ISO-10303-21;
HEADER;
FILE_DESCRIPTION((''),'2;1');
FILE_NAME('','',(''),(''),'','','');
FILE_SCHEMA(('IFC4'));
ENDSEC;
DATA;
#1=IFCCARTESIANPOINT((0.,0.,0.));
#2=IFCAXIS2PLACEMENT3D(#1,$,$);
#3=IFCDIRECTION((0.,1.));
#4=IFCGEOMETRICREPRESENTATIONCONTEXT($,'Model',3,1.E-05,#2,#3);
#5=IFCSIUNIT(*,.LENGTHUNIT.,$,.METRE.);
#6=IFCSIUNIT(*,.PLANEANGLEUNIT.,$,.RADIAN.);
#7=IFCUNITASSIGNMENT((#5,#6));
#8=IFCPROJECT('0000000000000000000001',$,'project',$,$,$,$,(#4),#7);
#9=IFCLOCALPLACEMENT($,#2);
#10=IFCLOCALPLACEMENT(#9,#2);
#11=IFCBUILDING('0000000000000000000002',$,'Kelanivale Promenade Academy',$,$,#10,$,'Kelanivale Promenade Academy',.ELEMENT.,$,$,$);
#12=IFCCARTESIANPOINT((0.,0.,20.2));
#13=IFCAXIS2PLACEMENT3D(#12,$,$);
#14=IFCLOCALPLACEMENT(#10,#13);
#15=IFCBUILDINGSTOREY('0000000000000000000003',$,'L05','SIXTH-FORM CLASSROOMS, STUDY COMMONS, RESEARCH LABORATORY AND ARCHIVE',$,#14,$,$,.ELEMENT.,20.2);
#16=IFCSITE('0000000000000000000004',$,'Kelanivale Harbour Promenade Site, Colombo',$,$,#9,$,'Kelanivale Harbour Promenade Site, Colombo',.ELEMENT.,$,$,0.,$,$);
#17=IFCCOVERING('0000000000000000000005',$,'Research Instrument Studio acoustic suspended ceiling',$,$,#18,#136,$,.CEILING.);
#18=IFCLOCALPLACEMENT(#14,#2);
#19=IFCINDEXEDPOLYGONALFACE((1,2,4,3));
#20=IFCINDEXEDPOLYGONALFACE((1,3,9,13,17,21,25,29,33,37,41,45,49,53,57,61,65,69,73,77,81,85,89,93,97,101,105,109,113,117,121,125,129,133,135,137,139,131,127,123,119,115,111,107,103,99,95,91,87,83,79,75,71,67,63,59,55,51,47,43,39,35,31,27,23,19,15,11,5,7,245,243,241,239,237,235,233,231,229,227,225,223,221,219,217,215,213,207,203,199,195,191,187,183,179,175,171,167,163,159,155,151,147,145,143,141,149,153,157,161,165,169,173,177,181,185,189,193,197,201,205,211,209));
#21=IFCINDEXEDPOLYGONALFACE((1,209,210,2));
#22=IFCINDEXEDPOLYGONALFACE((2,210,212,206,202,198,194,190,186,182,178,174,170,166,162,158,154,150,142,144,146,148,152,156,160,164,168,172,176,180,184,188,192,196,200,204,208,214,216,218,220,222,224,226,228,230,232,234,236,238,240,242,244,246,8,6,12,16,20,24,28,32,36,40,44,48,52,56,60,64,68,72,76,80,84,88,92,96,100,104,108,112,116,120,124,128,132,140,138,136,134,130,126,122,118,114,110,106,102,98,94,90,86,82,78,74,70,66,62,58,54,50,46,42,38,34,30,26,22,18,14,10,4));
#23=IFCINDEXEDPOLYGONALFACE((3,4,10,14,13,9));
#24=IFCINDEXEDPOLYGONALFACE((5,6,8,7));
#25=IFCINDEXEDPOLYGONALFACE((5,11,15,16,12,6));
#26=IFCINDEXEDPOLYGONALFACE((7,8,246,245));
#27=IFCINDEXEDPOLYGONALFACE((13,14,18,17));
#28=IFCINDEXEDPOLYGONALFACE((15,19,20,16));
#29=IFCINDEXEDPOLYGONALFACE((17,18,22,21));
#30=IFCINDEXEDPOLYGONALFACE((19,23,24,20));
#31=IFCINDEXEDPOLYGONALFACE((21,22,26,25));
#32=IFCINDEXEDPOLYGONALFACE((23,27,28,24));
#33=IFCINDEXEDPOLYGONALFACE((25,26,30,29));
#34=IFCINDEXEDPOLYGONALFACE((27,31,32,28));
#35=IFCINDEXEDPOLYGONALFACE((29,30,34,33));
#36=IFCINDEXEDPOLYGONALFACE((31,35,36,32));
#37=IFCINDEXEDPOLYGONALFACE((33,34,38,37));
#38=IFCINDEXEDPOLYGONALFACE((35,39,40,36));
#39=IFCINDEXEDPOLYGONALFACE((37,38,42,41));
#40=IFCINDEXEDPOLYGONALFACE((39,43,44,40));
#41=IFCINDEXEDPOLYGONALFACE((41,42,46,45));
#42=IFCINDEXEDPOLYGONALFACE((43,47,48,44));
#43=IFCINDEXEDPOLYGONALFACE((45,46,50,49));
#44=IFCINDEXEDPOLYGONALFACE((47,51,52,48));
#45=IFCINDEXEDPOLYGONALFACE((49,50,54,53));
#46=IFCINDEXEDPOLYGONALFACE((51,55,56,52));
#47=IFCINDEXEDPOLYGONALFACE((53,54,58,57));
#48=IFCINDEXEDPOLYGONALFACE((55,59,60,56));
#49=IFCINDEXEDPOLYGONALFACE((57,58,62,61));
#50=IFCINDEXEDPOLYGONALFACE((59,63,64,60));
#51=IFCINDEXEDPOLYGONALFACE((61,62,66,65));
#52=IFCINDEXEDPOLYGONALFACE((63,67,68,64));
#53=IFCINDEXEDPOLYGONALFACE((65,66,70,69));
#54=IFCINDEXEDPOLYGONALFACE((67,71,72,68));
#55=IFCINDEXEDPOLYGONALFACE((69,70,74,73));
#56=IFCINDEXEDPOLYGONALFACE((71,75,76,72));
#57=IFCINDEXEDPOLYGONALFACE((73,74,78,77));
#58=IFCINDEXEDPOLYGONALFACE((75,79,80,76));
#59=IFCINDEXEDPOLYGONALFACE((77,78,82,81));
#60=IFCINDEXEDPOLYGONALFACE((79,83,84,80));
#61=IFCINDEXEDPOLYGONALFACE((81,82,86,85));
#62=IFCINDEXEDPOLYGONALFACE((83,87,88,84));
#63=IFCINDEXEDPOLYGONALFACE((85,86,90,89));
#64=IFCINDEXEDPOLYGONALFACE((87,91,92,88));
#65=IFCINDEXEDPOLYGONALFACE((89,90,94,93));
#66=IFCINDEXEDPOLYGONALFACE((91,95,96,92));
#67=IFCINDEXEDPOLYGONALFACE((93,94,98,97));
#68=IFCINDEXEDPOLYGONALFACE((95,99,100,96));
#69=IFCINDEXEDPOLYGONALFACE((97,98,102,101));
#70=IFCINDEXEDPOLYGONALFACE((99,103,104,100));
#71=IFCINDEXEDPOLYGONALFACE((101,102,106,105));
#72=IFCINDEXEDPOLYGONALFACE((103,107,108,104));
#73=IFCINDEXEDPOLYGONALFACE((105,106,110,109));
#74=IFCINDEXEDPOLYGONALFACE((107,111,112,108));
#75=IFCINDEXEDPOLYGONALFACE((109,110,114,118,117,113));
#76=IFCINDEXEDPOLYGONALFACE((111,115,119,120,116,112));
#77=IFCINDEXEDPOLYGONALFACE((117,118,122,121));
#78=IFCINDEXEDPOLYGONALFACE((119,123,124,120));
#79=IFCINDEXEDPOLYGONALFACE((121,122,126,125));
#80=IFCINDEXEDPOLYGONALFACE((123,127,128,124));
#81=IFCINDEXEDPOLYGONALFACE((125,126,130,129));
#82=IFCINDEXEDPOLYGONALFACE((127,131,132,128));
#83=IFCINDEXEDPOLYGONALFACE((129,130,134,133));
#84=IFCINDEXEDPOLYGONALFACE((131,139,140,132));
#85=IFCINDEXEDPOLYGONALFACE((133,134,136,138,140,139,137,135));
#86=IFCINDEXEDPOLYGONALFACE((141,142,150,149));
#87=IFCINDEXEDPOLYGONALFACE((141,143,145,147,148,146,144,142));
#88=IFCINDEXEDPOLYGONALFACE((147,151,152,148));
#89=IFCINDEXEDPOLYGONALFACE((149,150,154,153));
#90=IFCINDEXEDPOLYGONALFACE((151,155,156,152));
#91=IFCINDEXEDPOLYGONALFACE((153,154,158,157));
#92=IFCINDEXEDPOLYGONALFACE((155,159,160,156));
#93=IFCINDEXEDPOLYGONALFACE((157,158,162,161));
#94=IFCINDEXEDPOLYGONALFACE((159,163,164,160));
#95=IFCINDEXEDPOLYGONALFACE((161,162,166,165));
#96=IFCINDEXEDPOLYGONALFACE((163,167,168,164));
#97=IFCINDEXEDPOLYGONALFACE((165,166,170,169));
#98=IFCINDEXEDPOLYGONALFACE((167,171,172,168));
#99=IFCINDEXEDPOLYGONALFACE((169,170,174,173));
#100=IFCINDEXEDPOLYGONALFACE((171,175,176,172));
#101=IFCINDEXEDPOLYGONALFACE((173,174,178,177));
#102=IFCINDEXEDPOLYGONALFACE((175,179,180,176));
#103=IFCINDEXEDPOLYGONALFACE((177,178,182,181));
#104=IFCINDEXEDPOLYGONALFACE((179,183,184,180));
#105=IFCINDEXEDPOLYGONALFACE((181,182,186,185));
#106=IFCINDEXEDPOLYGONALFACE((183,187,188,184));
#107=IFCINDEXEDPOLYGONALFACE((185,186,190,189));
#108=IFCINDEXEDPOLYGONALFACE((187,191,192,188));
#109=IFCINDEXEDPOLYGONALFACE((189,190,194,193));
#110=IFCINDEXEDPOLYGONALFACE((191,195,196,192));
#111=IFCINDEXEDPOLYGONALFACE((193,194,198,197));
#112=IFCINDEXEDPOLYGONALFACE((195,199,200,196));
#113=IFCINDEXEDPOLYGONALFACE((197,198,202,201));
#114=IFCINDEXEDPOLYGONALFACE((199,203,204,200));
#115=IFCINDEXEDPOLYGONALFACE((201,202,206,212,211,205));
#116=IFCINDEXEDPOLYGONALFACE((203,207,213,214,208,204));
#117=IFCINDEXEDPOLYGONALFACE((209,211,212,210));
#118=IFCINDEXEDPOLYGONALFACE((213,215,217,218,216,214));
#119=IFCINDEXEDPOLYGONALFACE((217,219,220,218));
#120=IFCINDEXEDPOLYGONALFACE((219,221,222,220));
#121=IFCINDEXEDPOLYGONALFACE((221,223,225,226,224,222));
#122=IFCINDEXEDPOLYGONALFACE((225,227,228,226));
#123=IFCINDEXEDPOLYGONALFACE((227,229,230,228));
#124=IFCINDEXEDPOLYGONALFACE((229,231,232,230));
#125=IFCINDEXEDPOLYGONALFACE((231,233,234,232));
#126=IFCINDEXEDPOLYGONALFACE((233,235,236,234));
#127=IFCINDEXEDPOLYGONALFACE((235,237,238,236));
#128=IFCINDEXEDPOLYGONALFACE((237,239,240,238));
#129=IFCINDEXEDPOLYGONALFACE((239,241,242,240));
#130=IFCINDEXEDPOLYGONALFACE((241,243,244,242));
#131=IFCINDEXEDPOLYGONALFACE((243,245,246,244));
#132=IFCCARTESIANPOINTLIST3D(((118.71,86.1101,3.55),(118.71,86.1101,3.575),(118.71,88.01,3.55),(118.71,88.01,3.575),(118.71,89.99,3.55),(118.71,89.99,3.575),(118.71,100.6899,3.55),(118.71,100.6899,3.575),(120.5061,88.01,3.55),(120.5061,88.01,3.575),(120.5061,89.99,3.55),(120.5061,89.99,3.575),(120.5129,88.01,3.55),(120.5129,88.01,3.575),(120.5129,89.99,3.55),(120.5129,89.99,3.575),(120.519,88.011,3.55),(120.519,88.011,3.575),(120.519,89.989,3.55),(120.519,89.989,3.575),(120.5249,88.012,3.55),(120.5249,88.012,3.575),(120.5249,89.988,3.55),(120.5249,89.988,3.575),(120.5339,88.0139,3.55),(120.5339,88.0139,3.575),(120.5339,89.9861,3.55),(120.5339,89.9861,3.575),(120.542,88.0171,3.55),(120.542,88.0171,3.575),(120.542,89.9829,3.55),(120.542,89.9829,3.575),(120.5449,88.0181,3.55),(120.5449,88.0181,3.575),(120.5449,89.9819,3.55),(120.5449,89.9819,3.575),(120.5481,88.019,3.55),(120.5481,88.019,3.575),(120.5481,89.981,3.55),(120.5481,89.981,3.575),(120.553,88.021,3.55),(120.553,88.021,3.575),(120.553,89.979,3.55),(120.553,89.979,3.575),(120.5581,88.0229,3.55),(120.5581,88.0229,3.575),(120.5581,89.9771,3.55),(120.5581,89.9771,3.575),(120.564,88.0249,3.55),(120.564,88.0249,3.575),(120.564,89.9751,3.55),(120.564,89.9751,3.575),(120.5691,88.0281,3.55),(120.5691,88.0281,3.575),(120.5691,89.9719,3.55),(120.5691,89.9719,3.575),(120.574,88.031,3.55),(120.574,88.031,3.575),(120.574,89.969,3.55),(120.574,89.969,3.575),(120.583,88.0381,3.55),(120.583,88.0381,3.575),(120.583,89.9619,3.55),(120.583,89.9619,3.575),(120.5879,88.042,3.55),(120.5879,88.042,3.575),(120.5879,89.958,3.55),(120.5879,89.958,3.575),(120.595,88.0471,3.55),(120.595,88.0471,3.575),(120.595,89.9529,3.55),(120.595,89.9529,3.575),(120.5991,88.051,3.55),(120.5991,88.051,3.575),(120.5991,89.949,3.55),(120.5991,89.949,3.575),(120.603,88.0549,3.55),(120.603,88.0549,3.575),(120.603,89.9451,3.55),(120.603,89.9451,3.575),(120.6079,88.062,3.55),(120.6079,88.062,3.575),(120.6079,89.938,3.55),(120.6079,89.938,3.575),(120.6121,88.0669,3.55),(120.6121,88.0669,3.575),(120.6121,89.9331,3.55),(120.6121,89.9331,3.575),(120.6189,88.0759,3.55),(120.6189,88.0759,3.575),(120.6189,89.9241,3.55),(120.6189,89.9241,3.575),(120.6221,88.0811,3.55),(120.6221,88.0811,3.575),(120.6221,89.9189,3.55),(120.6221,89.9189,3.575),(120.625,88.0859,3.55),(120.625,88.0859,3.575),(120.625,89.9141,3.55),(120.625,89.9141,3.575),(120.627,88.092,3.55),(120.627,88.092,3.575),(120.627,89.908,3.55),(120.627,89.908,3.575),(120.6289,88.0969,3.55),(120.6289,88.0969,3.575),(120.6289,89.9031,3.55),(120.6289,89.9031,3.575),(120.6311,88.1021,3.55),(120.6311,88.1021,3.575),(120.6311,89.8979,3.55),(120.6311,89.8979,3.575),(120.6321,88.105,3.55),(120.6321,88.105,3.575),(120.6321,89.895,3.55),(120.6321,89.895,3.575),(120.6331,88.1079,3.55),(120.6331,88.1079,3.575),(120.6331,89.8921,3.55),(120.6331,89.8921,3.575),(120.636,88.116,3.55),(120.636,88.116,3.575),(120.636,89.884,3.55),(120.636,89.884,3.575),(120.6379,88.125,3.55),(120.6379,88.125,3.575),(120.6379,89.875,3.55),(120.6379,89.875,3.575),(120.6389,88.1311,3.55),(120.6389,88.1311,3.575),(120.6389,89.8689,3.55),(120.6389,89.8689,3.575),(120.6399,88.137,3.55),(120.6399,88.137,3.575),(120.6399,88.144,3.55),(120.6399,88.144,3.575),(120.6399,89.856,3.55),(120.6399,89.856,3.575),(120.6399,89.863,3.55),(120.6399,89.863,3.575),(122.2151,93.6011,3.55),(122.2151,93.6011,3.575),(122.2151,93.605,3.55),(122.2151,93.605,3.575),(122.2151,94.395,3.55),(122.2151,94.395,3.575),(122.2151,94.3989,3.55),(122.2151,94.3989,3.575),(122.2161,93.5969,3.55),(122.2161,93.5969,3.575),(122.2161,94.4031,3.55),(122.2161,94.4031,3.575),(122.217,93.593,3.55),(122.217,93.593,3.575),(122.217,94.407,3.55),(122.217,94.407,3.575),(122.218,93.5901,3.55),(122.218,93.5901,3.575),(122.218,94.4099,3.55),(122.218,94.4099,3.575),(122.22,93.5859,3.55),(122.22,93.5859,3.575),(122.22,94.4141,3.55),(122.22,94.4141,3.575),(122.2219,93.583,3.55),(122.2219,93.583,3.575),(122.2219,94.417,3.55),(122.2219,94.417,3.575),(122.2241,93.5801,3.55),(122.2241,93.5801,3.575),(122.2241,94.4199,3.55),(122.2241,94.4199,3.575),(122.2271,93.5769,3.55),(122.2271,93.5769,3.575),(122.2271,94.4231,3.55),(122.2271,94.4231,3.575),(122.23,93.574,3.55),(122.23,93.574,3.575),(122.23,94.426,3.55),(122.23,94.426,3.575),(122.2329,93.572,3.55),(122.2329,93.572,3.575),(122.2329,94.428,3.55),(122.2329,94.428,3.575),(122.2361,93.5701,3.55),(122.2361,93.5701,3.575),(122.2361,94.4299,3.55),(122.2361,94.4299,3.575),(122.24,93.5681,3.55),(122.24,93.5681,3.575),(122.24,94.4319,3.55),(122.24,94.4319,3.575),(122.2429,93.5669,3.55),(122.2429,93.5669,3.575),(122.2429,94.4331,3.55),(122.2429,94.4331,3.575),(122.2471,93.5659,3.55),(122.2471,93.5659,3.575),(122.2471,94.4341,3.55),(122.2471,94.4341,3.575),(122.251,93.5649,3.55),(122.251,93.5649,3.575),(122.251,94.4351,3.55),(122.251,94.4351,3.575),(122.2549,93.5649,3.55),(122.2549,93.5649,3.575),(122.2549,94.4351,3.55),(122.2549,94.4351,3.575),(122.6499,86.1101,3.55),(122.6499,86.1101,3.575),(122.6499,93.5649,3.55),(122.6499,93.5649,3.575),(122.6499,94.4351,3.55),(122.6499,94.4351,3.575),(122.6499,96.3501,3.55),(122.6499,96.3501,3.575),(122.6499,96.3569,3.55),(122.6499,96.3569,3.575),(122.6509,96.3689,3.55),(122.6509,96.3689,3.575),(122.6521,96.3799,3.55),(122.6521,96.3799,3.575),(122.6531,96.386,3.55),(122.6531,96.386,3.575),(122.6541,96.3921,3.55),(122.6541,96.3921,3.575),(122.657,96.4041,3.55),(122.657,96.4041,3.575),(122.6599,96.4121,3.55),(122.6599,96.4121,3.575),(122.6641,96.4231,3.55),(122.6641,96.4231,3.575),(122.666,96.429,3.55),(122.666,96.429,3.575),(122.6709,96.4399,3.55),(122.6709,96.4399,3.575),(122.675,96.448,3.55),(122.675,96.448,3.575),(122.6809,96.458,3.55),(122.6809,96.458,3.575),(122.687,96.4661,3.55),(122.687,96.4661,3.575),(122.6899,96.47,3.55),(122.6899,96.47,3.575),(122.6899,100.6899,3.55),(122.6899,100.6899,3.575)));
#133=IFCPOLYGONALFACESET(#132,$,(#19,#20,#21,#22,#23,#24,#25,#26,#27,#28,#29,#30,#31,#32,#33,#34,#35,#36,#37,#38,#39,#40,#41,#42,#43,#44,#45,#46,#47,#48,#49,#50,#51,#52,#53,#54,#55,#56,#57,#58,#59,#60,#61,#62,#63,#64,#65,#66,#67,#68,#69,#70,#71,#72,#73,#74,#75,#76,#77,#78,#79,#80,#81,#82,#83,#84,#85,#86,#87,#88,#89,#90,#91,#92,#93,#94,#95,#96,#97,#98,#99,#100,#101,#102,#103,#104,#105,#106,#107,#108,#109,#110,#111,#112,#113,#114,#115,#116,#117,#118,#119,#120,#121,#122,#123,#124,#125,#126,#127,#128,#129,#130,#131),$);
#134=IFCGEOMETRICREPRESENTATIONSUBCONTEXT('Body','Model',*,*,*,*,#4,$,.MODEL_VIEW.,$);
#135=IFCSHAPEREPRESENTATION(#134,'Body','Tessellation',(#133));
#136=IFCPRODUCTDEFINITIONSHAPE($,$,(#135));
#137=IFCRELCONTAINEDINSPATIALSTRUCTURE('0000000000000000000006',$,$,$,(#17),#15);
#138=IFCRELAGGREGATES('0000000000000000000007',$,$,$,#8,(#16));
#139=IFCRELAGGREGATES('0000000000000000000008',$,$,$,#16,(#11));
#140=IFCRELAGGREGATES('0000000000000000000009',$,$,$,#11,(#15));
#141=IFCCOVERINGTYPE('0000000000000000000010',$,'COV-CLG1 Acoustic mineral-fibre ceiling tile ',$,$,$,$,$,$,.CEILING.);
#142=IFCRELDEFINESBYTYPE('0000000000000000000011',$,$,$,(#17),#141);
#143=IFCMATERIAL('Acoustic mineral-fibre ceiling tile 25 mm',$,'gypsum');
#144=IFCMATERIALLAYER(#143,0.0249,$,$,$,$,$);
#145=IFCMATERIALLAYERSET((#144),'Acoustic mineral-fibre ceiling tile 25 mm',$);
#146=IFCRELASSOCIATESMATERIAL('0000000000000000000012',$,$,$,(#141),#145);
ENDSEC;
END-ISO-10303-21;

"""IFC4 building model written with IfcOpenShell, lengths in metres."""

from ifc_helpers import new_model, si_unit, direction, frame, origin, place, context, subcontext, project, spatial, polyline, outline, extrude, material, layer, layer_set, type_object, element, save


model = new_model("IFC4")

# Units and contexts
model_context = context("Model", 3, precision=1e-05, world=origin(), true_north=direction((0.0, 1.0)))
body_context = subcontext(model_context, "Body", "Model", "MODEL_VIEW")
ifc_project = project(units=[si_unit("LENGTHUNIT", "METRE"), si_unit("PLANEANGLEUNIT", "RADIAN")], contexts=[model_context])

# Site, building, storey
site_placement = place(None, origin())
site = spatial("IfcSite", under=ifc_project, at=site_placement, Name="Kelanivale Harbour Promenade Site, Colombo", LongName="Kelanivale Harbour Promenade Site, Colombo", CompositionType="ELEMENT", RefElevation=0.0)
building_placement = place(site_placement, origin())
building = spatial("IfcBuilding", under=site, at=building_placement, Name="Kelanivale Promenade Academy", LongName="Kelanivale Promenade Academy", CompositionType="ELEMENT")
storey_placement = place(building_placement, frame((0.0, 0.0, 20.2)))
storey = spatial("IfcBuildingStorey", under=building, at=storey_placement, Name="L05", Description="SIXTH-FORM CLASSROOMS, STUDY COMMONS, RESEARCH LABORATORY AND ARCHIVE", CompositionType="ELEMENT", Elevation=20.2)

# Covering
ifc_material_1 = material(Name="Acoustic mineral-fibre ceiling tile 25 mm", Category="gypsum")
ifc_layer_1 = layer(ifc_material_1, 0.0249)
ifc_layer_set_1 = layer_set([ifc_layer_1], Name="Acoustic mineral-fibre ceiling tile 25 mm")
covering_type_1 = type_object("IfcCoveringType", Name="COV-CLG1 Acoustic mineral-fibre ceiling tile ", PredefinedType="CEILING", material=ifc_layer_set_1)
covering_1_placement = place(storey_placement, frame((0.0, 0.0, 3.55)))
element("IfcCovering", 1, at=covering_1_placement, inside=storey, type_object=covering_type_1, Name="Research Instrument Studio acoustic suspended ceiling", PredefinedType="CEILING", context=body_context, shape_type="SweptSolid", body=[
    extrude(outline(polyline([(122.6641, 96.4231), (122.666, 96.429), (122.6709, 96.4399), (122.675, 96.448), (122.6809, 96.458), (122.687, 96.4661), (122.6899, 96.47), (122.6899, 100.6899), (118.71, 100.6899), (118.71, 89.99), (120.5061, 89.99), (120.5129, 89.99), (120.519, 89.989), (120.5249, 89.988), (120.5339, 89.9861), (120.542, 89.9829), (120.5449, 89.9819), (120.5481, 89.981), (120.553, 89.979), (120.5581, 89.9771), (120.564, 89.9751), (120.5691, 89.9719), (120.574, 89.969), (120.583, 89.9619), (120.5879, 89.958), (120.595, 89.9529), (120.5991, 89.949), (120.603, 89.9451), (120.6079, 89.938), (120.6121, 89.9331), (120.6189, 89.9241), (120.6221, 89.9189), (120.625, 89.9141), (120.627, 89.908), (120.6289, 89.9031), (120.6311, 89.8979), (120.6321, 89.895), (120.6331, 89.8921), (120.636, 89.884), (120.6379, 89.875), (120.6389, 89.8689), (120.6399, 89.863), (120.6399, 89.856), (120.6399, 88.144), (120.6399, 88.137), (120.6389, 88.1311), (120.6379, 88.125), (120.636, 88.116), (120.6331, 88.1079), (120.6321, 88.105), (120.6311, 88.1021), (120.6289, 88.0969), (120.627, 88.092), (120.625, 88.0859), (120.6221, 88.0811), (120.6189, 88.0759), (120.6121, 88.0669), (120.6079, 88.062), (120.603, 88.0549), (120.5991, 88.051), (120.595, 88.0471), (120.5879, 88.042), (120.583, 88.0381), (120.574, 88.031), (120.5691, 88.0281), (120.564, 88.0249), (120.5581, 88.0229), (120.553, 88.021), (120.5481, 88.019), (120.5449, 88.0181), (120.542, 88.0171), (120.5339, 88.0139), (120.5249, 88.012), (120.519, 88.011), (120.5129, 88.01), (120.5061, 88.01), (118.71, 88.01), (118.71, 86.1101), (122.6499, 86.1101), (122.6499, 93.5649), (122.2549, 93.5649), (122.251, 93.5649), (122.2471, 93.5659), (122.2429, 93.5669), (122.24, 93.5681), (122.2361, 93.5701), (122.2329, 93.572), (122.23, 93.574), (122.2271, 93.5769), (122.2241, 93.5801), (122.2219, 93.583), (122.22, 93.5859), (122.218, 93.5901), (122.217, 93.593), (122.2161, 93.5969), (122.2151, 93.6011), (122.2151, 93.605), (122.2151, 94.395), (122.2151, 94.3989), (122.2161, 94.4031), (122.217, 94.407), (122.218, 94.4099), (122.22, 94.4141), (122.2219, 94.417), (122.2241, 94.4199), (122.2271, 94.4231), (122.23, 94.426), (122.2329, 94.428), (122.2361, 94.4299), (122.24, 94.4319), (122.2429, 94.4331), (122.2471, 94.4341), (122.251, 94.4351), (122.2549, 94.4351), (122.6499, 94.4351), (122.6499, 96.3501), (122.6499, 96.3569), (122.6509, 96.3689), (122.6509, 96.3689), (122.6521, 96.3799), (122.6531, 96.386), (122.6541, 96.3921), (122.657, 96.4041), (122.6599, 96.4121), (122.6641, 96.4231)])), origin(), (0.0, 0.0, 1.0), 0.0249),
])

save(model, "model.ifc")
